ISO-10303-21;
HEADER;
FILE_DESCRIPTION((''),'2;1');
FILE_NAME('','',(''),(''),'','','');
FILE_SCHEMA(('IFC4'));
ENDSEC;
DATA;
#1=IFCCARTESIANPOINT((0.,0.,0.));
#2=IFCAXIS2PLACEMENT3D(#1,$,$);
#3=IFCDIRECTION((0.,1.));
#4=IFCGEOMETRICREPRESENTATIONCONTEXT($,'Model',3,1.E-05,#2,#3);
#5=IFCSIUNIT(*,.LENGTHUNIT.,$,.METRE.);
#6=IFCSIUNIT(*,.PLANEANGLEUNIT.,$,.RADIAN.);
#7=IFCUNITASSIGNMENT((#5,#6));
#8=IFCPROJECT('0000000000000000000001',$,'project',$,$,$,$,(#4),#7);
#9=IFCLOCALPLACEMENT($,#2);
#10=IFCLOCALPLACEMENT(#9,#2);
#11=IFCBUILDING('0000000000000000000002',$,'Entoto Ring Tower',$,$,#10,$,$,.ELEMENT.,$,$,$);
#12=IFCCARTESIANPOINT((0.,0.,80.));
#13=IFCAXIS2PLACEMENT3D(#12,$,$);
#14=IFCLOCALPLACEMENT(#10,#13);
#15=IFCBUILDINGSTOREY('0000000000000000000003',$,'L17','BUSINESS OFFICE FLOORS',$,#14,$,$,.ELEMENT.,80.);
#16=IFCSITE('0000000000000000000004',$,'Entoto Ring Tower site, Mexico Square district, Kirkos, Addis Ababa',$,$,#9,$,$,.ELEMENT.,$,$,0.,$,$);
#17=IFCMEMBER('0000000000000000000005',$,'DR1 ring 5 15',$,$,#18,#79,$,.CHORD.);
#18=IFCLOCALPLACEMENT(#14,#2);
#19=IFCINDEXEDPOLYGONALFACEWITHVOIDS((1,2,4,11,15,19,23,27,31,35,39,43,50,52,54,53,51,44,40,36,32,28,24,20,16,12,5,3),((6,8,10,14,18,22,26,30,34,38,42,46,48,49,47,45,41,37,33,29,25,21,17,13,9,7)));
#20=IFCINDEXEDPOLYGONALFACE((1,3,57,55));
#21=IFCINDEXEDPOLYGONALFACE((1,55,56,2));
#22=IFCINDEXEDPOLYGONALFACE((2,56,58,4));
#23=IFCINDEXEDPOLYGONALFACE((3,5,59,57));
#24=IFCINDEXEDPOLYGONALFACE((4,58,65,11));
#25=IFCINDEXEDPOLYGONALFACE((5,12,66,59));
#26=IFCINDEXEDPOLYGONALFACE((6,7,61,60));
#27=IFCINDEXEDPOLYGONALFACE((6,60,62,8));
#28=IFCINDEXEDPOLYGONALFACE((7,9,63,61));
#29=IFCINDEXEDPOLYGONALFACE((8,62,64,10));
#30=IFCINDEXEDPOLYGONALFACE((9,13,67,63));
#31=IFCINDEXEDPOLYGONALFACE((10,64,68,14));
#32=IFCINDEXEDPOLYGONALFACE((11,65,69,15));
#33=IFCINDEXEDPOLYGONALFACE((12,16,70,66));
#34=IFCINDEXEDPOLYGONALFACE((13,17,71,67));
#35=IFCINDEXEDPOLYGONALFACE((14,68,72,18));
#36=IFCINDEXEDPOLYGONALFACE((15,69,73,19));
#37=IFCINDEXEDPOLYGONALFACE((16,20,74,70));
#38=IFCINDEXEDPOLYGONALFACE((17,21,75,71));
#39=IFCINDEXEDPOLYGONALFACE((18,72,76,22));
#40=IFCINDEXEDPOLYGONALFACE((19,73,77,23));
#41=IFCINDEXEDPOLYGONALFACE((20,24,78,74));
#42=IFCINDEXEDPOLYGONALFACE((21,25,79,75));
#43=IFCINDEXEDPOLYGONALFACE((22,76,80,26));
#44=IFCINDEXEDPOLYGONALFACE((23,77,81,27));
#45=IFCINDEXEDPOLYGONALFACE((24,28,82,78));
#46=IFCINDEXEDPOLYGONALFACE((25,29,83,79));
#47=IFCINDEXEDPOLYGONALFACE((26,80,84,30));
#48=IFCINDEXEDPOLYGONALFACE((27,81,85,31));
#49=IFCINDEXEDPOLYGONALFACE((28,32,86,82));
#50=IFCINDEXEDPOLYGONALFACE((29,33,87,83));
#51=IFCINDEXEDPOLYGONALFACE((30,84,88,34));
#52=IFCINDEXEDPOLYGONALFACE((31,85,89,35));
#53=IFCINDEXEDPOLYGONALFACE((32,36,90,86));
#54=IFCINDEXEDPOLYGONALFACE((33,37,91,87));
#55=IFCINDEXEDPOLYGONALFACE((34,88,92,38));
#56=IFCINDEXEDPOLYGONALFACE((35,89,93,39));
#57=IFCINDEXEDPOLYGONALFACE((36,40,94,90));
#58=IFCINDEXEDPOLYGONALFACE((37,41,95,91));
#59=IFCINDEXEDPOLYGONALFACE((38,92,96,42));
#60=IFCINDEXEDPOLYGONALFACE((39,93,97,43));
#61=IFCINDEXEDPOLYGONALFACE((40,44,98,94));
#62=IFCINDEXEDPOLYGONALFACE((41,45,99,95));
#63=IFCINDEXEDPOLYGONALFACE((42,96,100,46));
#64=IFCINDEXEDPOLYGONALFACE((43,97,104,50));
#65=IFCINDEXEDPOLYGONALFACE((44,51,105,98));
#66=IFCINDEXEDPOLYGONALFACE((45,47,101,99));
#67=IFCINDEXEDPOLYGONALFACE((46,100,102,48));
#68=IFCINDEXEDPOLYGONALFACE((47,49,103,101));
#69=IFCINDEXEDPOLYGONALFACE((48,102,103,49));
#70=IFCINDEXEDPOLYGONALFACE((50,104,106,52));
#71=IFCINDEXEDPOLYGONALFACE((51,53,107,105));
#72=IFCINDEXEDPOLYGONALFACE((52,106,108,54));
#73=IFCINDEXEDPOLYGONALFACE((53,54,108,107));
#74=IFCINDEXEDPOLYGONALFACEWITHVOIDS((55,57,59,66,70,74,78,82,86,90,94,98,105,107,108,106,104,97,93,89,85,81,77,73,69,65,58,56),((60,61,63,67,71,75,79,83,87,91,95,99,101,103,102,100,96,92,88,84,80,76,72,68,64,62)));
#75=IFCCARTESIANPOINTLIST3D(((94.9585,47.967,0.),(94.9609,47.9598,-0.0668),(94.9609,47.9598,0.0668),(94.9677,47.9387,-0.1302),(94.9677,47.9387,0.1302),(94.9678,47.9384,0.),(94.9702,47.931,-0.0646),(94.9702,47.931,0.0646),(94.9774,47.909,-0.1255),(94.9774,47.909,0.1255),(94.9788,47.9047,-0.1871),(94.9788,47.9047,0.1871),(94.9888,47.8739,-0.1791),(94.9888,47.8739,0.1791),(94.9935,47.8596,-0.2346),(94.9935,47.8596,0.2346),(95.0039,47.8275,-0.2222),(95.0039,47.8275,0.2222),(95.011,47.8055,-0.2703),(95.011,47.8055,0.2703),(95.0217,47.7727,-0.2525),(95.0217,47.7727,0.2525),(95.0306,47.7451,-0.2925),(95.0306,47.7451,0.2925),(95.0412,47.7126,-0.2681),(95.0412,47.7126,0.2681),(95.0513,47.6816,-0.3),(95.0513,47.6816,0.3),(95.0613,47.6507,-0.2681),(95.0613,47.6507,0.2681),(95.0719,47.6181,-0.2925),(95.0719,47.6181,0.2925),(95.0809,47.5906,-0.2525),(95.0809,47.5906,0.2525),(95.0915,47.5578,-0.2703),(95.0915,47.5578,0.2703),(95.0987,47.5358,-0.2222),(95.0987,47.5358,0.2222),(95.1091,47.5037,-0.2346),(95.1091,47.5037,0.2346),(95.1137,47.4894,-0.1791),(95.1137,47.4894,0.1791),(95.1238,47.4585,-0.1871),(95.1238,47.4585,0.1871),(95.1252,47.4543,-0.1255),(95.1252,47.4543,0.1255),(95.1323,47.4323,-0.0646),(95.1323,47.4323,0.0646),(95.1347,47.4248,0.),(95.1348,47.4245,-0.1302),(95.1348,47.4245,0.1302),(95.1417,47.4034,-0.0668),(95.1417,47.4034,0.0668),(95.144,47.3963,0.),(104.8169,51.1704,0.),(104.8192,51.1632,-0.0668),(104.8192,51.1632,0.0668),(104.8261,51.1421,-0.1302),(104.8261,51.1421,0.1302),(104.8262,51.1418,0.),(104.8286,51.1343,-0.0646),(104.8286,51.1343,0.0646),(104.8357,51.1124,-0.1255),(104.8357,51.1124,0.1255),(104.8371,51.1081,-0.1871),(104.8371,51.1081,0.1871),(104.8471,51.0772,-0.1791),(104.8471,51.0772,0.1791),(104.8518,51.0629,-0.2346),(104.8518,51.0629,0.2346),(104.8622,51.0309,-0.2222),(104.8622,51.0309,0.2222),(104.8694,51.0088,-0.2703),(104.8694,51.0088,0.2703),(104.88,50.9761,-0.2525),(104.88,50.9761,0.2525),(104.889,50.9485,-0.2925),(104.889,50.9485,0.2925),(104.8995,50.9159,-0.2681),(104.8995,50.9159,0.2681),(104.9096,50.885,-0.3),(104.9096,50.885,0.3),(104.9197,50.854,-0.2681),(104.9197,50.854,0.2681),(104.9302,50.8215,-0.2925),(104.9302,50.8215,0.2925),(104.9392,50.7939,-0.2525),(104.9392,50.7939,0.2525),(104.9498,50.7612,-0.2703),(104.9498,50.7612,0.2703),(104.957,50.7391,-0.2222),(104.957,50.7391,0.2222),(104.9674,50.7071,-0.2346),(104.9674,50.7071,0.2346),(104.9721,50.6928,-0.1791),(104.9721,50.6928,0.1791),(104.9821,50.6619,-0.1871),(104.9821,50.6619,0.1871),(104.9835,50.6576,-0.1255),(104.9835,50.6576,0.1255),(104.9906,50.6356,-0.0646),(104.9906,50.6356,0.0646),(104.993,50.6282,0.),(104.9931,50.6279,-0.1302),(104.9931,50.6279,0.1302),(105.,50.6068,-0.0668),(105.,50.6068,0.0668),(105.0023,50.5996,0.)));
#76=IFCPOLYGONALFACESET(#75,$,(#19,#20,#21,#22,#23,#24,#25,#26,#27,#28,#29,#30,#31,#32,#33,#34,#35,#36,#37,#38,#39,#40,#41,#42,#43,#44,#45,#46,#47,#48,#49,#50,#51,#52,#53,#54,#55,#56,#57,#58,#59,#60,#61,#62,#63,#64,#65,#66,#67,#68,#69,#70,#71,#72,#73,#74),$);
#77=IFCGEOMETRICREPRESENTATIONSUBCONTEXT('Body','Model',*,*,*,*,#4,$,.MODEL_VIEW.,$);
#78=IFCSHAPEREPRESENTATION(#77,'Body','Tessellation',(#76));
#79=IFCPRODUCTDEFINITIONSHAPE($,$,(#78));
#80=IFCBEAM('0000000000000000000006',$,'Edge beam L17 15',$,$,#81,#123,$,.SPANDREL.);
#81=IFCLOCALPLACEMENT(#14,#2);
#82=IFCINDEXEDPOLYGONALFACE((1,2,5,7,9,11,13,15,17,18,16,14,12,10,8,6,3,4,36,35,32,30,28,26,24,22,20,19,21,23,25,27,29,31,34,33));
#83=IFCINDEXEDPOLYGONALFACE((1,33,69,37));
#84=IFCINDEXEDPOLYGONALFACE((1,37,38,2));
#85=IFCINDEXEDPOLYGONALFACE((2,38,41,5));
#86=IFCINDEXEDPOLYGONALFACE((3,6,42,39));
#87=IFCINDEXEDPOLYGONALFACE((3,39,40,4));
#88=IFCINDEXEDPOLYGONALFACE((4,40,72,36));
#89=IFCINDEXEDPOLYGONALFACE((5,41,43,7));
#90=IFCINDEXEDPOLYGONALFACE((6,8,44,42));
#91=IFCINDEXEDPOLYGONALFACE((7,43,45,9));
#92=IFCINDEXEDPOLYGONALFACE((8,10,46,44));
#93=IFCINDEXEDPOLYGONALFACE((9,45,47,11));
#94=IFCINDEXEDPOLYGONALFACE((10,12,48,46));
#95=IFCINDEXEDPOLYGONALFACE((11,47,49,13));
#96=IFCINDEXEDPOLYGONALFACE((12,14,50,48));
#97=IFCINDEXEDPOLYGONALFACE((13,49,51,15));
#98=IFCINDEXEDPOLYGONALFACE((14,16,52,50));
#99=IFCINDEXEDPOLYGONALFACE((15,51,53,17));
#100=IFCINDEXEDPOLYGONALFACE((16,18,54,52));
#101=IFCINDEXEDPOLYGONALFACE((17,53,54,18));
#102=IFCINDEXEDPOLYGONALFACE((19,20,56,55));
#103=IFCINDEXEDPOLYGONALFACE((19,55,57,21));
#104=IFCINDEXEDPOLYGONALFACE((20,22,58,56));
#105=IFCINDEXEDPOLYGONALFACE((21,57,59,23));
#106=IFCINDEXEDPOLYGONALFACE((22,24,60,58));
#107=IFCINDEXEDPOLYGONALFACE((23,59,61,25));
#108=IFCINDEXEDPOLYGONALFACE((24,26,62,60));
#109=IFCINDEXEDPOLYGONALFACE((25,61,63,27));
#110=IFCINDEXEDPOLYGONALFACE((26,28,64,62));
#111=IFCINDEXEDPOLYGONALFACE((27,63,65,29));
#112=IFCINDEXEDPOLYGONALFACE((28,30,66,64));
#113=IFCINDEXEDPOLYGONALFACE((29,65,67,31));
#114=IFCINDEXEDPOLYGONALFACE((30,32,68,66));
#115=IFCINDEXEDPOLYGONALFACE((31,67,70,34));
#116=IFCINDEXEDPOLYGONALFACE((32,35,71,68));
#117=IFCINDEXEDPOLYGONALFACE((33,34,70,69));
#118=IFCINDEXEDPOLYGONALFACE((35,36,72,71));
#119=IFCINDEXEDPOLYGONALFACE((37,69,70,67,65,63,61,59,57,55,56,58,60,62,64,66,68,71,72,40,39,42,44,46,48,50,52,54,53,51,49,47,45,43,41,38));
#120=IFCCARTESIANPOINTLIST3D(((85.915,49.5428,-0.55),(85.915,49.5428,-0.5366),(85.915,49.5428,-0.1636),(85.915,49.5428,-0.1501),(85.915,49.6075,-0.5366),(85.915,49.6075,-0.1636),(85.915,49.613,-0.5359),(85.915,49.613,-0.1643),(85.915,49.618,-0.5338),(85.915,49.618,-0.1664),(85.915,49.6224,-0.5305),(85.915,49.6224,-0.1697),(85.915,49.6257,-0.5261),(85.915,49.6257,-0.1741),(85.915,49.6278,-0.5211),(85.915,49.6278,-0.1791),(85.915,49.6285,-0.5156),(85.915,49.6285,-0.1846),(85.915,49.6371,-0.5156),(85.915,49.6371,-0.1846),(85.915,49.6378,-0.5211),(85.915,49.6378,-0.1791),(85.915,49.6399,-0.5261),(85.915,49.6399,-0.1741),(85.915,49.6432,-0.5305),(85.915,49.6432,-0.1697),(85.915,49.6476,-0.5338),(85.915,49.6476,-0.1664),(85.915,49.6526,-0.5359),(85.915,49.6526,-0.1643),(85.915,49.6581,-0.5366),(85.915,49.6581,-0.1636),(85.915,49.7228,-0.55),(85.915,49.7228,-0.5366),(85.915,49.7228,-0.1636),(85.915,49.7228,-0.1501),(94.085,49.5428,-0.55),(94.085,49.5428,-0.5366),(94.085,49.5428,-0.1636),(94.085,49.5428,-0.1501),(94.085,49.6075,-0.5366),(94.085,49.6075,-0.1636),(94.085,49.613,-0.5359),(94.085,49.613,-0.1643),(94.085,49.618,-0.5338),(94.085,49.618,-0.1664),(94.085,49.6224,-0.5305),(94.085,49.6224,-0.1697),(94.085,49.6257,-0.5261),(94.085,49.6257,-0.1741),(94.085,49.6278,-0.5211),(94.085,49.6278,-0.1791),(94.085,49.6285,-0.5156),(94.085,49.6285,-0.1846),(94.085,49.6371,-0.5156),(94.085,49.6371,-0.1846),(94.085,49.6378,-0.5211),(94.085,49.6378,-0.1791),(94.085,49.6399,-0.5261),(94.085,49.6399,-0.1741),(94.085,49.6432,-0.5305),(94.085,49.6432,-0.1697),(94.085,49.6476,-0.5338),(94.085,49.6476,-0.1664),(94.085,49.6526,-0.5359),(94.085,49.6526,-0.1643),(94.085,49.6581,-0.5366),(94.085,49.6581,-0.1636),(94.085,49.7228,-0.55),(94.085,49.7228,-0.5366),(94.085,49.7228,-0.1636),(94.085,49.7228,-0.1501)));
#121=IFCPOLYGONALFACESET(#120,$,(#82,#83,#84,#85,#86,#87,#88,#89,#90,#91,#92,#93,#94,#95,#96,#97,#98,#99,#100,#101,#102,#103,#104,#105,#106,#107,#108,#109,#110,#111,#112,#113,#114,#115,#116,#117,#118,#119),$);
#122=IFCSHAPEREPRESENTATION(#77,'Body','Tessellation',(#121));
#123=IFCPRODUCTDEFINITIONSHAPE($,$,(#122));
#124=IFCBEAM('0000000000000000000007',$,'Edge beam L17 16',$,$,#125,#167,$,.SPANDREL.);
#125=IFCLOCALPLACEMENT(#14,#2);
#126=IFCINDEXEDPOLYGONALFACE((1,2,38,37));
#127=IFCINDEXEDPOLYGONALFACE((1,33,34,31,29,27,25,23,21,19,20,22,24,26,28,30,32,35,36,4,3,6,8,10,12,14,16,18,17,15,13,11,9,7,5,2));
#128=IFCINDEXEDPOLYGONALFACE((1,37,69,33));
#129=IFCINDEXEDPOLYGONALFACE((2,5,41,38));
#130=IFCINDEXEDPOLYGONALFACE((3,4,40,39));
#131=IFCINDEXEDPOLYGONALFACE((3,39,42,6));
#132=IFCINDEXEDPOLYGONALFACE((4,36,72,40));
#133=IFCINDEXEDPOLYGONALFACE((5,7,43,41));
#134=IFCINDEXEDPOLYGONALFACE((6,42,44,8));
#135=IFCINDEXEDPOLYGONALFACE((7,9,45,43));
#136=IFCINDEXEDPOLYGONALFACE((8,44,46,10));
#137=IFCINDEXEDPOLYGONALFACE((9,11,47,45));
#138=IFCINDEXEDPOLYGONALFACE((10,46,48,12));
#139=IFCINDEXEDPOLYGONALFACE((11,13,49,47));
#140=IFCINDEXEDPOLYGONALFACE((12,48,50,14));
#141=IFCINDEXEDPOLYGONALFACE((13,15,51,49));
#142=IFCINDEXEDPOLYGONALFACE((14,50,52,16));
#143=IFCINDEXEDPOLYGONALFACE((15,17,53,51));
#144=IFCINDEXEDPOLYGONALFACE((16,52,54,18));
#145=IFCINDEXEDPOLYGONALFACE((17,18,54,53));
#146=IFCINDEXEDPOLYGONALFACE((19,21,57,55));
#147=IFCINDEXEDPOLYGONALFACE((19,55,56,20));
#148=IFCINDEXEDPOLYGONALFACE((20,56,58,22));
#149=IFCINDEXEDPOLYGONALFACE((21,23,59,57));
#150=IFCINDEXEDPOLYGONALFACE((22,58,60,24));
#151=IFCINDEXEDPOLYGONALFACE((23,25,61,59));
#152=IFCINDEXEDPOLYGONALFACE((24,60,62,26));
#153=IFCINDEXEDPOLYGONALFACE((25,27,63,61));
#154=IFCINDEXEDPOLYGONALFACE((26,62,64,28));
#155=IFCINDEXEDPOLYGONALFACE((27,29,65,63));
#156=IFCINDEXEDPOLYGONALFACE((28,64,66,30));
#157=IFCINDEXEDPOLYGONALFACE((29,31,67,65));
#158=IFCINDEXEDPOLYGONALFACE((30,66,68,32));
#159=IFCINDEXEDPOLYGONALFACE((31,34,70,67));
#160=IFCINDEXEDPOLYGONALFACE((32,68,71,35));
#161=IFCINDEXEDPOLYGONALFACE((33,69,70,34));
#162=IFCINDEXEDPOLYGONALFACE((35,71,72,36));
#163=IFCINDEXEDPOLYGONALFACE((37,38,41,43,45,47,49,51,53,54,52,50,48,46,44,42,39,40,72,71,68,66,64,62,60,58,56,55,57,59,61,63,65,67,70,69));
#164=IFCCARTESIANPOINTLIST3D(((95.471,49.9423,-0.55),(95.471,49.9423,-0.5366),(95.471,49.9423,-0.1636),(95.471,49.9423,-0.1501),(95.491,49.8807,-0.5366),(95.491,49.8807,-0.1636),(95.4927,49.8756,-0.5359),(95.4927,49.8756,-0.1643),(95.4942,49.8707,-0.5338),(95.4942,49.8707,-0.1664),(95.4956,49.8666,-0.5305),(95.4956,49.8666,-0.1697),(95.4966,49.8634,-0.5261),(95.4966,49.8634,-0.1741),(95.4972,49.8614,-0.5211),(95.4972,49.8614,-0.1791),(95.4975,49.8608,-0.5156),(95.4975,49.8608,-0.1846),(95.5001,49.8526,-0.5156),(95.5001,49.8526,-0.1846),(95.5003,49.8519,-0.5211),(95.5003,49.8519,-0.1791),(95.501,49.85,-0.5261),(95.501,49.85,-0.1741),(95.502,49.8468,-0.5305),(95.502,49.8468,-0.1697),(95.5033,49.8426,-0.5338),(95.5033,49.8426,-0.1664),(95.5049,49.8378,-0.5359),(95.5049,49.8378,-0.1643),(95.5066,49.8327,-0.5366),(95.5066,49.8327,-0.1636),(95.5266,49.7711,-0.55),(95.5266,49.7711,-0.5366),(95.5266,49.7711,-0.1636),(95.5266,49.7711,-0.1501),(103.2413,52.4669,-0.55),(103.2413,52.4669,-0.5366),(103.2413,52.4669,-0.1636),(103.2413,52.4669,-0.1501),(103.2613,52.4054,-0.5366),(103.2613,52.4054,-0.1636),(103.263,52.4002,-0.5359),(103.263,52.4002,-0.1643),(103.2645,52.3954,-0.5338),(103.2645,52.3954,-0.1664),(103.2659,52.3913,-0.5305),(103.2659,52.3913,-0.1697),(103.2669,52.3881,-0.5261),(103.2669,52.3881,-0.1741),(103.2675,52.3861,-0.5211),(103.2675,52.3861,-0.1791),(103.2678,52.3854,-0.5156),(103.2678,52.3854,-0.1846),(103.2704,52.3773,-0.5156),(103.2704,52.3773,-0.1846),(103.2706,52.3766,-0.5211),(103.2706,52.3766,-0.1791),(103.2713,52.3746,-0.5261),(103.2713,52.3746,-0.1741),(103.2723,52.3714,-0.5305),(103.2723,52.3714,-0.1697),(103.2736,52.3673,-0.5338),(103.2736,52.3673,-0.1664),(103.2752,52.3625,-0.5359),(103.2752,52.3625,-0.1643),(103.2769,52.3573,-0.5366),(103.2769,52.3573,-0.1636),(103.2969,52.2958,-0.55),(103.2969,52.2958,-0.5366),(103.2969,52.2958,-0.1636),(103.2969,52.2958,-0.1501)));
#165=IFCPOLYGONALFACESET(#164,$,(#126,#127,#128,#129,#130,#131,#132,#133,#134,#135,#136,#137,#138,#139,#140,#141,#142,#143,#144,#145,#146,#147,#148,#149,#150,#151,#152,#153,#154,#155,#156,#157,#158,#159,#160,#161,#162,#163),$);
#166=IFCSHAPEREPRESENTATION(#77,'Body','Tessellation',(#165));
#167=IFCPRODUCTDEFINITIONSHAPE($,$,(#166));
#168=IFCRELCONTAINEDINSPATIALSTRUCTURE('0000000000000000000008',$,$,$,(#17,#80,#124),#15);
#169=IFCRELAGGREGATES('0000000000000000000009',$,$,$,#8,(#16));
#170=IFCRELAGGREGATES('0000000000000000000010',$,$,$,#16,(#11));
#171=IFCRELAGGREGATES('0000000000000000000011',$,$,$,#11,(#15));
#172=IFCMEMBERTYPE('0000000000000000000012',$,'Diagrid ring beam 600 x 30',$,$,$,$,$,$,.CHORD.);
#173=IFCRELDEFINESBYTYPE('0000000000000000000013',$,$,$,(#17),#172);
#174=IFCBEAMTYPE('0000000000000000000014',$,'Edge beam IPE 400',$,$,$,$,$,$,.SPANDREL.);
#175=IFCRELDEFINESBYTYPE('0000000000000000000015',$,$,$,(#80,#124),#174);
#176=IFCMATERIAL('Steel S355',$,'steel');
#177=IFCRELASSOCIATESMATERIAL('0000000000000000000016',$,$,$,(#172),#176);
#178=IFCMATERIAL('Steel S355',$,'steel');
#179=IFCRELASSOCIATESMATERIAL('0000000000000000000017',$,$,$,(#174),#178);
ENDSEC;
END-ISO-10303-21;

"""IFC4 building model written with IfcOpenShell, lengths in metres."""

from ifc_helpers import new_model, si_unit, direction, frame, origin, origin_2d, place, context, subcontext, project, spatial, circle, hollow_circle, i_section, extrude, material, material_profile, profile_set, type_object, element, save


model = new_model("IFC4")

# Units and contexts
model_context = context("Model", 3, precision=1e-05, world=origin(), true_north=direction((0.0, 1.0)))
body_context = subcontext(model_context, "Body", "Model", "MODEL_VIEW")
ifc_project = project(units=[si_unit("LENGTHUNIT", "METRE"), si_unit("PLANEANGLEUNIT", "RADIAN")], contexts=[model_context])

# Site, building, storey
site_placement = place(None, origin())
site = spatial("IfcSite", under=ifc_project, at=site_placement, Name="Entoto Ring Tower site, Mexico Square district, Kirkos, Addis Ababa", CompositionType="ELEMENT", RefElevation=0.0)
building_placement = place(site_placement, origin())
building = spatial("IfcBuilding", under=site, at=building_placement, Name="Entoto Ring Tower", CompositionType="ELEMENT")
storey_placement = place(building_placement, frame((0.0, 0.0, 80.0)))
storey = spatial("IfcBuildingStorey", under=building, at=storey_placement, Name="L17", Description="BUSINESS OFFICE FLOORS", CompositionType="ELEMENT", Elevation=80.0)

# Member
ifc_material_1 = material(Name="Steel S355", Category="steel")
ifc_material_profile_1 = material_profile(ifc_material_1, hollow_circle(Radius=0.3, WallThickness=0.03, at=origin_2d()), Name="CHS 600 x 30")
ifc_material_2 = material(Name="Concrete C60/75", Category="concrete")
ifc_material_profile_2 = material_profile(ifc_material_2, circle(Radius=0.27, at=origin_2d()), Name="Concrete C60/75 infill")
ifc_profile_set_1 = profile_set([ifc_material_profile_1, ifc_material_profile_2], Name="Steel S355")
member_type_1 = type_object("IfcMemberType", Name="Diagrid ring beam 600 x 30", PredefinedType="CHORD", material=ifc_profile_set_1)
member_1_placement = place(storey_placement, frame((95.0513, 47.6816, 0.0), z_axis=(0.951051, 0.309033, 0.0), x_axis=(-0.309033, 0.951051, 0.0)))
element("IfcMember", 1, at=member_1_placement, inside=storey, type_object=member_type_1, Name="DR1 ring 5 15", PredefinedType="CHORD", context=body_context, shape_type="SweptSolid", body=[
    extrude(hollow_circle(Radius=0.3, WallThickness=0.03, at=origin_2d()), origin(), (0.0, 0.0, 1.0), 10.3657),
])

# Beams
ifc_material_3 = material(Name="Steel S355", Category="steel")
ifc_material_profile_3 = material_profile(ifc_material_3, i_section(OverallWidth=0.1799, OverallDepth=0.3999, WebThickness=0.0085, FlangeThickness=0.0134, FilletRadius=0.021, at=origin_2d()), Name="IPE 400")
ifc_profile_set_2 = profile_set([ifc_material_profile_3], Name="Steel S355")
beam_type_1 = type_object("IfcBeamType", Name="Edge beam IPE 400", PredefinedType="SPANDREL", material=ifc_profile_set_2)
beam_1_placement = place(storey_placement, frame((85.915, 49.6328, -0.3501), z_axis=(1.0, 0.0, 0.0), x_axis=(0.0, 1.0, 0.0)))
element("IfcBeam", 2, at=beam_1_placement, inside=storey, type_object=beam_type_1, Name="Edge beam L17 15", PredefinedType="SPANDREL", context=body_context, shape_type="SweptSolid", body=[
    extrude(i_section(OverallWidth=0.1799, OverallDepth=0.3999, WebThickness=0.0085, FlangeThickness=0.0134, FilletRadius=0.021, at=origin_2d()), origin(), (0.0, 0.0, 1.0), 8.1699),
])
beam_2_placement = place(storey_placement, frame((95.4988, 49.8567, -0.3501), z_axis=(0.951058, 0.309011, 0.0), x_axis=(-0.309011, 0.951058, 0.0)))
element("IfcBeam", 3, at=beam_2_placement, inside=storey, type_object=beam_type_1, Name="Edge beam L17 16", PredefinedType="SPANDREL", context=body_context, shape_type="SweptSolid", body=[
    extrude(i_section(OverallWidth=0.1799, OverallDepth=0.3999, WebThickness=0.0085, FlangeThickness=0.0134, FilletRadius=0.021, at=origin_2d()), origin(), (0.0, 0.0, 1.0), 8.1702),
])

save(model, "model.ifc")
